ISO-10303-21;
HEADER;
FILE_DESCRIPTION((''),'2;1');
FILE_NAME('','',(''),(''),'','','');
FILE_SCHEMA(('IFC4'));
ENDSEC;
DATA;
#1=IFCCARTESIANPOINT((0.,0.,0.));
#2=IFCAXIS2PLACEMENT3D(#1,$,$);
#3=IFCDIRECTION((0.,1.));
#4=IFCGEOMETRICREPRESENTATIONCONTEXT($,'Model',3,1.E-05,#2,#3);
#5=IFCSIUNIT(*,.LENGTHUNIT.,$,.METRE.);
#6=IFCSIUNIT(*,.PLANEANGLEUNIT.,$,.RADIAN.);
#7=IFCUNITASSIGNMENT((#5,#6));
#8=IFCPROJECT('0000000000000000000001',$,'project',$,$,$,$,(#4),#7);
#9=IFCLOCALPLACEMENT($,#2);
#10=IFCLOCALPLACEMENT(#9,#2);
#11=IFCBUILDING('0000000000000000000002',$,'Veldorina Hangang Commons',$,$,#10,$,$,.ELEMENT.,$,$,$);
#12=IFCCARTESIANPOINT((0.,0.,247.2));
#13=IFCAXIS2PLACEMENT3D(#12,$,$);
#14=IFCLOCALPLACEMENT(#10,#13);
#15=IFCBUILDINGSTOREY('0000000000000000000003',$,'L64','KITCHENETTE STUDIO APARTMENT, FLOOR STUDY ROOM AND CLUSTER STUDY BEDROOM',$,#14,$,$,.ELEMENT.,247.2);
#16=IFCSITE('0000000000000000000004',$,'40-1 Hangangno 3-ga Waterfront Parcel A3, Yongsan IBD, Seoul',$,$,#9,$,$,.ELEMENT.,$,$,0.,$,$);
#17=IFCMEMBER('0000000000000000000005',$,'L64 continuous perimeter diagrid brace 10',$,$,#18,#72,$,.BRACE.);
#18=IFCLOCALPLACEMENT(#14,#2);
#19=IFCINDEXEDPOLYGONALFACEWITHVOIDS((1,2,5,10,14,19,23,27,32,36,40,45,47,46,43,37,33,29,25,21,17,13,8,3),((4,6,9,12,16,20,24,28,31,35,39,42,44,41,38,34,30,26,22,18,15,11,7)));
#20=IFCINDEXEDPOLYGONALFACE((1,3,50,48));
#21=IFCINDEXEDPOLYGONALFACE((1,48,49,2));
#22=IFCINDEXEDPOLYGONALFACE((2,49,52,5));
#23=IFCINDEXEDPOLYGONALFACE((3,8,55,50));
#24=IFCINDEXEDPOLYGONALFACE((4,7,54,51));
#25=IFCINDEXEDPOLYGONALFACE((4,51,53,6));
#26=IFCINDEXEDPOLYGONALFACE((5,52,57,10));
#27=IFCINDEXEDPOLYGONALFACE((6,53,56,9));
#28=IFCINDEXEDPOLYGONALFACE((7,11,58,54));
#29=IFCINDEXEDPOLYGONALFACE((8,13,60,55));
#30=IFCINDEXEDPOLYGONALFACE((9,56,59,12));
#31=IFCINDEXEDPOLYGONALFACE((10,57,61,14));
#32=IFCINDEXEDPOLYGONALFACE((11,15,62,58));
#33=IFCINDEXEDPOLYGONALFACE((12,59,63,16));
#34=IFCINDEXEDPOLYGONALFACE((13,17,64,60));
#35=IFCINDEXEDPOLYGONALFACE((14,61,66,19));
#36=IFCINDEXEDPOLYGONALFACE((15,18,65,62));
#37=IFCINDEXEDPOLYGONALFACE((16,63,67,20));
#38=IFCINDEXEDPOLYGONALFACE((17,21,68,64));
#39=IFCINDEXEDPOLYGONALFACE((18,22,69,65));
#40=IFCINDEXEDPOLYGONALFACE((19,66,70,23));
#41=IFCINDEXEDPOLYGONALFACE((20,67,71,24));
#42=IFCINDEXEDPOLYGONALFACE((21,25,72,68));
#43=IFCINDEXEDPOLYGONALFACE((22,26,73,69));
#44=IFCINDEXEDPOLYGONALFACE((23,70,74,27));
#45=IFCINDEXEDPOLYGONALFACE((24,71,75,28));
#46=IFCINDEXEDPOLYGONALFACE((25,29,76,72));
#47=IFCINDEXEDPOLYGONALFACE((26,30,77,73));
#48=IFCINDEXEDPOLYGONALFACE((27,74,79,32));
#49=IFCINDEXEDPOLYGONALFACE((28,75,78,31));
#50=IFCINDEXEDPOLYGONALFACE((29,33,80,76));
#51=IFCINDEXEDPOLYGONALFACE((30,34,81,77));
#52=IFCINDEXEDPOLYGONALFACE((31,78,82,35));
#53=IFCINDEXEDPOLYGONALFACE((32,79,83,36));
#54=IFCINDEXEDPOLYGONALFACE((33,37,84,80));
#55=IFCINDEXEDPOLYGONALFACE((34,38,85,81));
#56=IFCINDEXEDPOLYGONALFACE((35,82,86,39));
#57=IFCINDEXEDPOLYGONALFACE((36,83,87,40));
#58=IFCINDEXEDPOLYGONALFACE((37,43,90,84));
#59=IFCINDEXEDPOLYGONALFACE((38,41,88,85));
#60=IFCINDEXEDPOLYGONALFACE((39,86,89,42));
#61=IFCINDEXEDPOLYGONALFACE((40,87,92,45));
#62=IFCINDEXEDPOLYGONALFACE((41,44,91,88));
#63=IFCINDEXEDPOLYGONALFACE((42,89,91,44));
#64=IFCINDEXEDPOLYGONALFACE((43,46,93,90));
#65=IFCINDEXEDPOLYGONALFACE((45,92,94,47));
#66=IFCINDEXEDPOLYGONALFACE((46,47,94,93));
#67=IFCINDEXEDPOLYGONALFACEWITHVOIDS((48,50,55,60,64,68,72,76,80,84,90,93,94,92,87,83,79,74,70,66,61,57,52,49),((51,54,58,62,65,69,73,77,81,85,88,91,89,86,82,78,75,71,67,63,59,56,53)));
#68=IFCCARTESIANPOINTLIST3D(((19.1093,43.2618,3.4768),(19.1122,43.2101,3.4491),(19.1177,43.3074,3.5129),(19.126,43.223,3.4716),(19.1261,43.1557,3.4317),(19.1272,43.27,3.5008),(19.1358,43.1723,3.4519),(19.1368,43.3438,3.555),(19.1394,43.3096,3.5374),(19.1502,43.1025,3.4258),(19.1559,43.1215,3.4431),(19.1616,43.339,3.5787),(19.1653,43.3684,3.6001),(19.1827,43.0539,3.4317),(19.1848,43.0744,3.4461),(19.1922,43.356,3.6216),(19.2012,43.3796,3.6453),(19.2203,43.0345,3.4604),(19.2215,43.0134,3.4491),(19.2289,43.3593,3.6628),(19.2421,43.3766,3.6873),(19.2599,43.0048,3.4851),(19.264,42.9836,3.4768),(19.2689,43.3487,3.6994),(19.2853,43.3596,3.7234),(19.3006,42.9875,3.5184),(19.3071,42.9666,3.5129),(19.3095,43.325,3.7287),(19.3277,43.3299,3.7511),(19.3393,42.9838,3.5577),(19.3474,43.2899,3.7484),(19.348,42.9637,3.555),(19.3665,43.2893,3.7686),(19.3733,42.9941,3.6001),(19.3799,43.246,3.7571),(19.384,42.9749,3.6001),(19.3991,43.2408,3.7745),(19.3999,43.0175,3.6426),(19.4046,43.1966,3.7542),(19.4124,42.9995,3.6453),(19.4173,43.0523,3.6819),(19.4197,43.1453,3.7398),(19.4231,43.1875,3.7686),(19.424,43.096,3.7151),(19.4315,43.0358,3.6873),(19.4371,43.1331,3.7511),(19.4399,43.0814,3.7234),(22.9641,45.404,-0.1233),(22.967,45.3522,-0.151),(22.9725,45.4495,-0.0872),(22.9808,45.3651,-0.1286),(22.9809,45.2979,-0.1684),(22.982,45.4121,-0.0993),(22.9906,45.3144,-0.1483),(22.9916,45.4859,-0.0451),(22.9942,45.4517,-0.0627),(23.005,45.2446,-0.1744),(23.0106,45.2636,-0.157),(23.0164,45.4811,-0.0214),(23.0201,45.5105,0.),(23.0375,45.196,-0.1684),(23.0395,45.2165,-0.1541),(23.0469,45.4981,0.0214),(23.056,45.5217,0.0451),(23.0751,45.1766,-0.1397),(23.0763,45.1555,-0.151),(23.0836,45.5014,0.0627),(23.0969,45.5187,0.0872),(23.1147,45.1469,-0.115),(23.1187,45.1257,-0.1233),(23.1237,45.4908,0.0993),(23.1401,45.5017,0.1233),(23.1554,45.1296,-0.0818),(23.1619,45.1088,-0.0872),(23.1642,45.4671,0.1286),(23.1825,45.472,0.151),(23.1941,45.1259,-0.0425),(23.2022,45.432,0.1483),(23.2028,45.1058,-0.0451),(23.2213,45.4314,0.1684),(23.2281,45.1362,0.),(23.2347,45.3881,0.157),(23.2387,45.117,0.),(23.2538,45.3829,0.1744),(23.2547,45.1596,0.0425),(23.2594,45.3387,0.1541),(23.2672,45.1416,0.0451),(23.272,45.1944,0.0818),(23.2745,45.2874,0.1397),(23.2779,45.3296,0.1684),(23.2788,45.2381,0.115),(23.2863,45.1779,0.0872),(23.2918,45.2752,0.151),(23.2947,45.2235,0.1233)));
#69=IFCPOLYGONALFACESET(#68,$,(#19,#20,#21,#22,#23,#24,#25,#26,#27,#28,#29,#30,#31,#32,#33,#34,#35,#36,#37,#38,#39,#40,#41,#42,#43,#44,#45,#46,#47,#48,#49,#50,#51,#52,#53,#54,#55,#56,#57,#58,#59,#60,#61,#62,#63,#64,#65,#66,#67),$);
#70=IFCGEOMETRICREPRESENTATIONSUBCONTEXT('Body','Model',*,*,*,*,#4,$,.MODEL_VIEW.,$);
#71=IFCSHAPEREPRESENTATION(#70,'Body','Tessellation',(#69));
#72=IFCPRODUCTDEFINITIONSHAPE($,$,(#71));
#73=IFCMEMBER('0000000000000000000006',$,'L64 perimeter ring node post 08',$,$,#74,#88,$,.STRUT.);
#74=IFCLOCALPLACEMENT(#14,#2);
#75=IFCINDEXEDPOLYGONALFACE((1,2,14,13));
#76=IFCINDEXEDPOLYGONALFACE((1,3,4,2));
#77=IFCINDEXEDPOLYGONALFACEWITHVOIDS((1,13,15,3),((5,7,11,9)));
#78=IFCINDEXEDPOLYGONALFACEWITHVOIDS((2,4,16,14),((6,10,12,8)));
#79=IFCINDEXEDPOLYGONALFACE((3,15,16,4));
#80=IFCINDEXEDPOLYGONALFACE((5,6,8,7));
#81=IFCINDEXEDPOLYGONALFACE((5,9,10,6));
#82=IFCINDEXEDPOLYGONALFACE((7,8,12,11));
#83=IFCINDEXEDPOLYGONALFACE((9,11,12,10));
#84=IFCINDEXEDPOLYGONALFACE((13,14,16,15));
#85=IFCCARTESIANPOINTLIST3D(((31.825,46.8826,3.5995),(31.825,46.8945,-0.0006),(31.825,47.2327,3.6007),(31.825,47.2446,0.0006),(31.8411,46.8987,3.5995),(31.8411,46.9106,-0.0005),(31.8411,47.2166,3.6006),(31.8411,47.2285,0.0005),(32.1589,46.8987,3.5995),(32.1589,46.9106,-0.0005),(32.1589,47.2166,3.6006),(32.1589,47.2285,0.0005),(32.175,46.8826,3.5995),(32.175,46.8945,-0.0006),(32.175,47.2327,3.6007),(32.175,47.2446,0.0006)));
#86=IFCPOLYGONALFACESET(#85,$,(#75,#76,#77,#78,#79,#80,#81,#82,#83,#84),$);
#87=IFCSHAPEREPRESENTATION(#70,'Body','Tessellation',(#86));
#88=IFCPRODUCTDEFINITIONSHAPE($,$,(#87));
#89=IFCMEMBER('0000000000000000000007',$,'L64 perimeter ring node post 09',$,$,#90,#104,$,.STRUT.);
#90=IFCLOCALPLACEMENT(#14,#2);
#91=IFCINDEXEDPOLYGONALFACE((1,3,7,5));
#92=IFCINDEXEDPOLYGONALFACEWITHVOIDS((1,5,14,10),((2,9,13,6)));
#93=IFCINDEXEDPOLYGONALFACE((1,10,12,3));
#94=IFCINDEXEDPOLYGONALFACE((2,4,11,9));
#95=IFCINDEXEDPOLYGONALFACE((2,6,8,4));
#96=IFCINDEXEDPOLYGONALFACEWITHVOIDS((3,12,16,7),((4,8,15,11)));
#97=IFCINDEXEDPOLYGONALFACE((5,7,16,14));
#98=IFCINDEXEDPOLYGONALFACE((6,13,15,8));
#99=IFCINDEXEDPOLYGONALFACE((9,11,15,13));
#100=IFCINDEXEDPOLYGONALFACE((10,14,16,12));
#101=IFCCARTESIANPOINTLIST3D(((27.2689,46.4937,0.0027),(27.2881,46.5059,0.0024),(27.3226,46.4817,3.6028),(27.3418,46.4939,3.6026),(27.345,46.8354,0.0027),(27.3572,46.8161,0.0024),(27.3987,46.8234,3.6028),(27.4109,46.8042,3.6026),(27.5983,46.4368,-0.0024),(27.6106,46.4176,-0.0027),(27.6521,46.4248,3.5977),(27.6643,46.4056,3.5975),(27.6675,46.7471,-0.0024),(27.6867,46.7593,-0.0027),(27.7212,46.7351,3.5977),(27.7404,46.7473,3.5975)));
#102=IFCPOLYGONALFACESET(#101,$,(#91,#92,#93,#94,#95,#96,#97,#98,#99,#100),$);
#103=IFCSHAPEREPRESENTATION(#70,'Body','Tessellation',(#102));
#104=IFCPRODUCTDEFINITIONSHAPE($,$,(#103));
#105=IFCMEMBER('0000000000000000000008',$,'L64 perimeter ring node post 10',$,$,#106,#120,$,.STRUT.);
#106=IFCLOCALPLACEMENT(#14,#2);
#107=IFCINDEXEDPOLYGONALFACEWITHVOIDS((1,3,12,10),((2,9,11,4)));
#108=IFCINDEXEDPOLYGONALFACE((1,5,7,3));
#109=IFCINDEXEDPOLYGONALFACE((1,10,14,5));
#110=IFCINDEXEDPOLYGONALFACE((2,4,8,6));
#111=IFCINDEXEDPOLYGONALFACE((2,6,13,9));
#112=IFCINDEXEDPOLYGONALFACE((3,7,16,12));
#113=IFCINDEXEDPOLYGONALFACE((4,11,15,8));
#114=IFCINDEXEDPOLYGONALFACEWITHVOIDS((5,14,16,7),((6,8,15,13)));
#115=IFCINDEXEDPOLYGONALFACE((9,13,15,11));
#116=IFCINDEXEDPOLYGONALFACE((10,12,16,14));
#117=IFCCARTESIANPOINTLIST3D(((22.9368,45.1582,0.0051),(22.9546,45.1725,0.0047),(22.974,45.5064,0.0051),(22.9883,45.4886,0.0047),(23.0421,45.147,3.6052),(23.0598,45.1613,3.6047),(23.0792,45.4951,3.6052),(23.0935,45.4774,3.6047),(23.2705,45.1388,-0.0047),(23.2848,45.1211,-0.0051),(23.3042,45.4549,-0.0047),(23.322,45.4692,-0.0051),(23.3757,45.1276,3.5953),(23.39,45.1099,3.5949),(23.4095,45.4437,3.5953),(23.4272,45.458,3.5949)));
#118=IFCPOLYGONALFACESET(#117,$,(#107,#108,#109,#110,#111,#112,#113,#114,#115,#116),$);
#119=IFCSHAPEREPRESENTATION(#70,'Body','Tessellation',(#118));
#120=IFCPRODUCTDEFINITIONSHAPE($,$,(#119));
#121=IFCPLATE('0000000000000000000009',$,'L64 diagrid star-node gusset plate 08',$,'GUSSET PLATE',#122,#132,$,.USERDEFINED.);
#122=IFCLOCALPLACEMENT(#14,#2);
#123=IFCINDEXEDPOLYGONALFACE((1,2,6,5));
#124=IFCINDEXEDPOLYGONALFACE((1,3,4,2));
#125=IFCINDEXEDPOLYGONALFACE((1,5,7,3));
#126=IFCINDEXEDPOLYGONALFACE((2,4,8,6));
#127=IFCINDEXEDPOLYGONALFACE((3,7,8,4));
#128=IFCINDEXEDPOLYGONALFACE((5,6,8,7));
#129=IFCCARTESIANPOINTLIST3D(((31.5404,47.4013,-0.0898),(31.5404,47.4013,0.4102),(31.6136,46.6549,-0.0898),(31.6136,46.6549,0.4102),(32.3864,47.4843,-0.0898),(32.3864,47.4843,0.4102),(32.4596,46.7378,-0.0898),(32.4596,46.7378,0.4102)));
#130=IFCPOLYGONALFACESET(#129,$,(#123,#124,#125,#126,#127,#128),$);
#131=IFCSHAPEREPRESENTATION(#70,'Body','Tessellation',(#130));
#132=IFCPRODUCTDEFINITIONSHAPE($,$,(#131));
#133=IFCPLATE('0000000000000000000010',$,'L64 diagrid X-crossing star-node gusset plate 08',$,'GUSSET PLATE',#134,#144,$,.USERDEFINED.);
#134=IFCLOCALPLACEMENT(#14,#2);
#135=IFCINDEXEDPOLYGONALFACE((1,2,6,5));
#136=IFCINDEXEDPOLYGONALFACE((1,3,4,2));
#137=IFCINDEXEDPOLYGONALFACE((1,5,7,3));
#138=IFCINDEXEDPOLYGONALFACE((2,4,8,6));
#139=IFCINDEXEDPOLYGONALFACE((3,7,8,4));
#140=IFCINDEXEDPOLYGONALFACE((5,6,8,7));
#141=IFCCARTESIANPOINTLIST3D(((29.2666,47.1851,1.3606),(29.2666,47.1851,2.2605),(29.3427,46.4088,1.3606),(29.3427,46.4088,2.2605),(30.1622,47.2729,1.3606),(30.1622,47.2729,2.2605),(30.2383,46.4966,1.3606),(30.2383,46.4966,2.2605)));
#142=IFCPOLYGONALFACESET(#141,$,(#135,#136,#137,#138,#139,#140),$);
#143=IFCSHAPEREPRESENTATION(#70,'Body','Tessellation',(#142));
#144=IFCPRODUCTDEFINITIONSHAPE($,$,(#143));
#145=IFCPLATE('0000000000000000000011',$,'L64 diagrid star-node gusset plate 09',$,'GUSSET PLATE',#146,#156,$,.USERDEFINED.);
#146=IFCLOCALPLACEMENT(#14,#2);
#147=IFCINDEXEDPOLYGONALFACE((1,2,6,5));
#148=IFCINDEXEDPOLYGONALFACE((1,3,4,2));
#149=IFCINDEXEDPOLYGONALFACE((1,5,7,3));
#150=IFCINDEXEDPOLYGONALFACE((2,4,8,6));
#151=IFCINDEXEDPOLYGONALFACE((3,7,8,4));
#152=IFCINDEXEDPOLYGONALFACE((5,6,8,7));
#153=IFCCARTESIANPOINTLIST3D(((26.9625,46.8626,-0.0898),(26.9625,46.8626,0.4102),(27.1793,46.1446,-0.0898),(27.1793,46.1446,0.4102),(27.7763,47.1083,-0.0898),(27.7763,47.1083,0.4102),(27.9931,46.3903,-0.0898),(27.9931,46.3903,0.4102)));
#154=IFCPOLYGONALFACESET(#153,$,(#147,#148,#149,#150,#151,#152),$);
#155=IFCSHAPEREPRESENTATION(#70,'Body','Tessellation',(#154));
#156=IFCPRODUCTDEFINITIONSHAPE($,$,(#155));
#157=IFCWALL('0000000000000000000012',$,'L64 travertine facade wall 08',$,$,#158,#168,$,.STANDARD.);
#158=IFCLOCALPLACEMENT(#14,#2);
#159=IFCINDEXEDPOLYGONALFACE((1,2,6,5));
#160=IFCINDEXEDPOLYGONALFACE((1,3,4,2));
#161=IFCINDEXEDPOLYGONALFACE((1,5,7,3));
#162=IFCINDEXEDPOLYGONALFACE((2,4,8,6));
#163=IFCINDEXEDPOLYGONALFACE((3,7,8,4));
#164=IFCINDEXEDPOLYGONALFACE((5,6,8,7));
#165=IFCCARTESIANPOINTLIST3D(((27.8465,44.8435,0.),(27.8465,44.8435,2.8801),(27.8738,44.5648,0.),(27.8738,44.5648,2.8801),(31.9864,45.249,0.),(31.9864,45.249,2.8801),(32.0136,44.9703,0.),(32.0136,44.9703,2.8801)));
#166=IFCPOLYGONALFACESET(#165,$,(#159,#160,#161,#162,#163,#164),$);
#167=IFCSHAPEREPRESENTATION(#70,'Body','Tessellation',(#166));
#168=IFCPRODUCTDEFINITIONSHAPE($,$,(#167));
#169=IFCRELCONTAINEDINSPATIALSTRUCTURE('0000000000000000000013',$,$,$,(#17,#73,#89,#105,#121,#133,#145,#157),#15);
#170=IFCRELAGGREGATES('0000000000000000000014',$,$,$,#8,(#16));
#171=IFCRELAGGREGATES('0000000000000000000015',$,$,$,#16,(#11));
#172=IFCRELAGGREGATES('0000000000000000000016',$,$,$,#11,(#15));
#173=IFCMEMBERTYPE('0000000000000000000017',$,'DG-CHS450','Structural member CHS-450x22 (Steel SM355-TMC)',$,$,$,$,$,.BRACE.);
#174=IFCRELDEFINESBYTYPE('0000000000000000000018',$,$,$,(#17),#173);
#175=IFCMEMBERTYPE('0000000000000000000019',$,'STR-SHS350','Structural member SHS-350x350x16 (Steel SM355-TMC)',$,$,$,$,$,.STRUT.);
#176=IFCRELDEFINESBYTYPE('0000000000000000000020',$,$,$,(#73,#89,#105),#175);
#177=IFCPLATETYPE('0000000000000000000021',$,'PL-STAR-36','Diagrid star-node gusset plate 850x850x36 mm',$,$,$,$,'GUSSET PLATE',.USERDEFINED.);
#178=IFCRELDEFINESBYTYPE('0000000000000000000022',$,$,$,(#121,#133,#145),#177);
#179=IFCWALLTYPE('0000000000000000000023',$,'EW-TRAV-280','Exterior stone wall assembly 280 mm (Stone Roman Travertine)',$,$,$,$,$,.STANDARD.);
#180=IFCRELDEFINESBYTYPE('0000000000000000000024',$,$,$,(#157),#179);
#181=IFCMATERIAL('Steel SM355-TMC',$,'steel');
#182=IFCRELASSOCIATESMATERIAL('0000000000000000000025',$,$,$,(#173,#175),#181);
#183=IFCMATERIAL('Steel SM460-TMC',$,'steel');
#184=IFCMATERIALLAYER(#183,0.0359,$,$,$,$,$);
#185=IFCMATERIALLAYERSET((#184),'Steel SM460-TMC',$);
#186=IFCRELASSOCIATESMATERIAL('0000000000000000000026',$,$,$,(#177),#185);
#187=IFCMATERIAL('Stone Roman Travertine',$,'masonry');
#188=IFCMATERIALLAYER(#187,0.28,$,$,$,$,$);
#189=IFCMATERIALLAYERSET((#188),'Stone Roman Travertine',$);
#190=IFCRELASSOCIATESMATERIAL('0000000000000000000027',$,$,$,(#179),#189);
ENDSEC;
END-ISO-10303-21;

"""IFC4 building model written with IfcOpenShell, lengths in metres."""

from ifc_helpers import new_model, si_unit, direction, frame, frame_2d, origin, origin_2d, place, context, subcontext, project, spatial, rectangle, hollow_rectangle, hollow_circle, extrude, material, layer, layer_set, material_profile, profile_set, type_object, element, save


model = new_model("IFC4")

# Units and contexts
model_context = context("Model", 3, precision=1e-05, world=origin(), true_north=direction((0.0, 1.0)))
body_context = subcontext(model_context, "Body", "Model", "MODEL_VIEW")
ifc_project = project(units=[si_unit("LENGTHUNIT", "METRE"), si_unit("PLANEANGLEUNIT", "RADIAN")], contexts=[model_context])

# Site, building, storey
site_placement = place(None, origin())
site = spatial("IfcSite", under=ifc_project, at=site_placement, Name="40-1 Hangangno 3-ga Waterfront Parcel A3, Yongsan IBD, Seoul", CompositionType="ELEMENT", RefElevation=0.0)
building_placement = place(site_placement, origin())
building = spatial("IfcBuilding", under=site, at=building_placement, Name="Veldorina Hangang Commons", CompositionType="ELEMENT")
storey_placement = place(building_placement, frame((0.0, 0.0, 247.2)))
storey = spatial("IfcBuildingStorey", under=building, at=storey_placement, Name="L64", Description="KITCHENETTE STUDIO APARTMENT, FLOOR STUDY ROOM AND CLUSTER STUDY BEDROOM", CompositionType="ELEMENT", Elevation=247.2)

# Shared definitions
ifc_material_1 = material(Name="Steel SM355-TMC", Category="steel")

# Members
ifc_material_profile_1 = material_profile(ifc_material_1, hollow_circle(Radius=0.2251, WallThickness=0.022, at=origin_2d()), Name="CHS-450x22")
ifc_profile_set_1 = profile_set([ifc_material_profile_1], Name="Steel SM355-TMC")
member_type_1 = type_object("IfcMemberType", Name="DG-CHS450", Description="Structural member CHS-450x22 (Steel SM355-TMC)", PredefinedType="BRACE", material=ifc_profile_set_1)
member_1_placement = place(storey_placement, frame((23.1294, 45.3137, 0.0), z_axis=(-0.677122, -0.376279, 0.632392), x_axis=(0.485742, -0.874102, 0.0)))
element("IfcMember", 1, at=member_1_placement, inside=storey, type_object=member_type_1, Name="L64 continuous perimeter diagrid brace 10", PredefinedType="BRACE", context=body_context, shape_type="SweptSolid", body=[
    extrude(hollow_circle(Radius=0.2251, WallThickness=0.022, at=origin_2d()), origin(), (0.0, 0.0, 1.0), 5.6929),
])
ifc_material_profile_2 = material_profile(ifc_material_1, hollow_rectangle(XDim=0.3501, YDim=0.3501, WallThickness=0.0161, at=origin_2d()), Name="SHS-350x350x16")
ifc_profile_set_2 = profile_set([ifc_material_profile_2], Name="Steel SM355-TMC")
member_type_2 = type_object("IfcMemberType", Name="STR-SHS350", Description="Structural member SHS-350x350x16 (Steel SM355-TMC)", PredefinedType="STRUT", material=ifc_profile_set_2)
member_2_placement = place(storey_placement, frame((32.0, 47.0696, 0.0), z_axis=(0.0, -0.003323, 0.999994), x_axis=(1.0, 0.0, 0.0)))
element("IfcMember", 2, at=member_2_placement, inside=storey, type_object=member_type_2, Name="L64 perimeter ring node post 08", PredefinedType="STRUT", context=body_context, shape_type="SweptSolid", body=[
    extrude(hollow_rectangle(XDim=0.3501, YDim=0.3501, WallThickness=0.0161, at=origin_2d()), origin(), (0.0, 0.0, 1.0), 3.6001),
])
member_3_placement = place(storey_placement, frame((27.4778, 46.6265, 0.0), z_axis=(0.014918, -0.003323, 0.999883), x_axis=(0.2174, 0.976083, 0.0)))
element("IfcMember", 3, at=member_3_placement, inside=storey, type_object=member_type_2, Name="L64 perimeter ring node post 09", PredefinedType="STRUT", context=body_context, shape_type="SweptSolid", body=[
    extrude(hollow_rectangle(XDim=0.3501, YDim=0.3501, WallThickness=0.0161, at=origin_2d()), origin(), (0.0, 0.0, 1.0), 3.6006),
])
member_4_placement = place(storey_placement, frame((23.1294, 45.3137, 0.0), z_axis=(0.029216, -0.003118, 0.999568), x_axis=(0.106126, 0.994353, 0.0)))
element("IfcMember", 4, at=member_4_placement, inside=storey, type_object=member_type_2, Name="L64 perimeter ring node post 10", PredefinedType="STRUT", context=body_context, shape_type="SweptSolid", body=[
    extrude(hollow_rectangle(XDim=0.3501, YDim=0.3501, WallThickness=0.0161, at=origin_2d()), origin(), (0.0, 0.0, 1.0), 3.6016),
])

# Plates
ifc_material_2 = material(Name="Steel SM460-TMC", Category="steel")
ifc_layer_1 = layer(ifc_material_2, 0.0359)
ifc_layer_set_1 = layer_set([ifc_layer_1], Name="Steel SM460-TMC")
plate_type = type_object("IfcPlateType", Name="PL-STAR-36", Description="Diagrid star-node gusset plate 850x850x36 mm", ElementType="GUSSET PLATE", PredefinedType="USERDEFINED", material=ifc_layer_set_1)
plate_1_placement = place(storey_placement, frame((32.0, 47.0696, -0.0898), z_axis=(0.0, 0.0, 1.0), x_axis=(-0.995229, -0.097566, 0.0)))
element("IfcPlate", 5, at=plate_1_placement, inside=storey, type_object=plate_type, Name="L64 diagrid star-node gusset plate 08", ObjectType="GUSSET PLATE", PredefinedType="USERDEFINED", context=body_context, shape_type="SweptSolid", body=[
    extrude(rectangle(XDim=0.8501, YDim=0.75, at=origin_2d()), origin(), (0.0, 0.0, 1.0), 0.5),
])
plate_2_placement = place(storey_placement, frame((29.7524, 46.8408, 1.3606), z_axis=(0.0, 0.0, 1.0), x_axis=(-0.995229, -0.097566, 0.0)))
element("IfcPlate", 6, at=plate_2_placement, inside=storey, type_object=plate_type, Name="L64 diagrid X-crossing star-node gusset plate 08", ObjectType="GUSSET PLATE", PredefinedType="USERDEFINED", context=body_context, shape_type="SweptSolid", body=[
    extrude(rectangle(XDim=0.8999, YDim=0.78, at=origin_2d()), origin(), (0.0, 0.0, 1.0), 0.8999),
])
plate_3_placement = place(storey_placement, frame((27.4778, 46.6265, -0.0898), z_axis=(0.0, 0.0, 1.0), x_axis=(-0.957319, -0.289032, 0.0)))
element("IfcPlate", 7, at=plate_3_placement, inside=storey, type_object=plate_type, Name="L64 diagrid star-node gusset plate 09", ObjectType="GUSSET PLATE", PredefinedType="USERDEFINED", context=body_context, shape_type="SweptSolid", body=[
    extrude(rectangle(XDim=0.8501, YDim=0.75, at=origin_2d()), origin(), (0.0, 0.0, 1.0), 0.5),
])

# Wall
ifc_material_3 = material(Name="Stone Roman Travertine", Category="masonry")
ifc_layer_2 = layer(ifc_material_3, 0.28)
ifc_layer_set_2 = layer_set([ifc_layer_2], Name="Stone Roman Travertine")
wall_type_1 = type_object("IfcWallType", Name="EW-TRAV-280", Description="Exterior stone wall assembly 280 mm (Stone Roman Travertine)", PredefinedType="STANDARD", material=ifc_layer_set_2)
wall_1_placement = place(storey_placement, frame((32.0, 45.1096, 0.0), z_axis=(0.0, 0.0, 1.0), x_axis=(-0.995237, -0.097487, 0.0)))
element("IfcWall", 8, at=wall_1_placement, inside=storey, type_object=wall_type_1, Name="L64 travertine facade wall 08", PredefinedType="STANDARD", context=body_context, shape_type="SweptSolid", body=[
    extrude(rectangle(XDim=4.1597, YDim=0.28, at=frame_2d((2.0798, 0.0))), origin(), (0.0, 0.0, 1.0), 2.8801),
])

save(model, "model.ifc")
